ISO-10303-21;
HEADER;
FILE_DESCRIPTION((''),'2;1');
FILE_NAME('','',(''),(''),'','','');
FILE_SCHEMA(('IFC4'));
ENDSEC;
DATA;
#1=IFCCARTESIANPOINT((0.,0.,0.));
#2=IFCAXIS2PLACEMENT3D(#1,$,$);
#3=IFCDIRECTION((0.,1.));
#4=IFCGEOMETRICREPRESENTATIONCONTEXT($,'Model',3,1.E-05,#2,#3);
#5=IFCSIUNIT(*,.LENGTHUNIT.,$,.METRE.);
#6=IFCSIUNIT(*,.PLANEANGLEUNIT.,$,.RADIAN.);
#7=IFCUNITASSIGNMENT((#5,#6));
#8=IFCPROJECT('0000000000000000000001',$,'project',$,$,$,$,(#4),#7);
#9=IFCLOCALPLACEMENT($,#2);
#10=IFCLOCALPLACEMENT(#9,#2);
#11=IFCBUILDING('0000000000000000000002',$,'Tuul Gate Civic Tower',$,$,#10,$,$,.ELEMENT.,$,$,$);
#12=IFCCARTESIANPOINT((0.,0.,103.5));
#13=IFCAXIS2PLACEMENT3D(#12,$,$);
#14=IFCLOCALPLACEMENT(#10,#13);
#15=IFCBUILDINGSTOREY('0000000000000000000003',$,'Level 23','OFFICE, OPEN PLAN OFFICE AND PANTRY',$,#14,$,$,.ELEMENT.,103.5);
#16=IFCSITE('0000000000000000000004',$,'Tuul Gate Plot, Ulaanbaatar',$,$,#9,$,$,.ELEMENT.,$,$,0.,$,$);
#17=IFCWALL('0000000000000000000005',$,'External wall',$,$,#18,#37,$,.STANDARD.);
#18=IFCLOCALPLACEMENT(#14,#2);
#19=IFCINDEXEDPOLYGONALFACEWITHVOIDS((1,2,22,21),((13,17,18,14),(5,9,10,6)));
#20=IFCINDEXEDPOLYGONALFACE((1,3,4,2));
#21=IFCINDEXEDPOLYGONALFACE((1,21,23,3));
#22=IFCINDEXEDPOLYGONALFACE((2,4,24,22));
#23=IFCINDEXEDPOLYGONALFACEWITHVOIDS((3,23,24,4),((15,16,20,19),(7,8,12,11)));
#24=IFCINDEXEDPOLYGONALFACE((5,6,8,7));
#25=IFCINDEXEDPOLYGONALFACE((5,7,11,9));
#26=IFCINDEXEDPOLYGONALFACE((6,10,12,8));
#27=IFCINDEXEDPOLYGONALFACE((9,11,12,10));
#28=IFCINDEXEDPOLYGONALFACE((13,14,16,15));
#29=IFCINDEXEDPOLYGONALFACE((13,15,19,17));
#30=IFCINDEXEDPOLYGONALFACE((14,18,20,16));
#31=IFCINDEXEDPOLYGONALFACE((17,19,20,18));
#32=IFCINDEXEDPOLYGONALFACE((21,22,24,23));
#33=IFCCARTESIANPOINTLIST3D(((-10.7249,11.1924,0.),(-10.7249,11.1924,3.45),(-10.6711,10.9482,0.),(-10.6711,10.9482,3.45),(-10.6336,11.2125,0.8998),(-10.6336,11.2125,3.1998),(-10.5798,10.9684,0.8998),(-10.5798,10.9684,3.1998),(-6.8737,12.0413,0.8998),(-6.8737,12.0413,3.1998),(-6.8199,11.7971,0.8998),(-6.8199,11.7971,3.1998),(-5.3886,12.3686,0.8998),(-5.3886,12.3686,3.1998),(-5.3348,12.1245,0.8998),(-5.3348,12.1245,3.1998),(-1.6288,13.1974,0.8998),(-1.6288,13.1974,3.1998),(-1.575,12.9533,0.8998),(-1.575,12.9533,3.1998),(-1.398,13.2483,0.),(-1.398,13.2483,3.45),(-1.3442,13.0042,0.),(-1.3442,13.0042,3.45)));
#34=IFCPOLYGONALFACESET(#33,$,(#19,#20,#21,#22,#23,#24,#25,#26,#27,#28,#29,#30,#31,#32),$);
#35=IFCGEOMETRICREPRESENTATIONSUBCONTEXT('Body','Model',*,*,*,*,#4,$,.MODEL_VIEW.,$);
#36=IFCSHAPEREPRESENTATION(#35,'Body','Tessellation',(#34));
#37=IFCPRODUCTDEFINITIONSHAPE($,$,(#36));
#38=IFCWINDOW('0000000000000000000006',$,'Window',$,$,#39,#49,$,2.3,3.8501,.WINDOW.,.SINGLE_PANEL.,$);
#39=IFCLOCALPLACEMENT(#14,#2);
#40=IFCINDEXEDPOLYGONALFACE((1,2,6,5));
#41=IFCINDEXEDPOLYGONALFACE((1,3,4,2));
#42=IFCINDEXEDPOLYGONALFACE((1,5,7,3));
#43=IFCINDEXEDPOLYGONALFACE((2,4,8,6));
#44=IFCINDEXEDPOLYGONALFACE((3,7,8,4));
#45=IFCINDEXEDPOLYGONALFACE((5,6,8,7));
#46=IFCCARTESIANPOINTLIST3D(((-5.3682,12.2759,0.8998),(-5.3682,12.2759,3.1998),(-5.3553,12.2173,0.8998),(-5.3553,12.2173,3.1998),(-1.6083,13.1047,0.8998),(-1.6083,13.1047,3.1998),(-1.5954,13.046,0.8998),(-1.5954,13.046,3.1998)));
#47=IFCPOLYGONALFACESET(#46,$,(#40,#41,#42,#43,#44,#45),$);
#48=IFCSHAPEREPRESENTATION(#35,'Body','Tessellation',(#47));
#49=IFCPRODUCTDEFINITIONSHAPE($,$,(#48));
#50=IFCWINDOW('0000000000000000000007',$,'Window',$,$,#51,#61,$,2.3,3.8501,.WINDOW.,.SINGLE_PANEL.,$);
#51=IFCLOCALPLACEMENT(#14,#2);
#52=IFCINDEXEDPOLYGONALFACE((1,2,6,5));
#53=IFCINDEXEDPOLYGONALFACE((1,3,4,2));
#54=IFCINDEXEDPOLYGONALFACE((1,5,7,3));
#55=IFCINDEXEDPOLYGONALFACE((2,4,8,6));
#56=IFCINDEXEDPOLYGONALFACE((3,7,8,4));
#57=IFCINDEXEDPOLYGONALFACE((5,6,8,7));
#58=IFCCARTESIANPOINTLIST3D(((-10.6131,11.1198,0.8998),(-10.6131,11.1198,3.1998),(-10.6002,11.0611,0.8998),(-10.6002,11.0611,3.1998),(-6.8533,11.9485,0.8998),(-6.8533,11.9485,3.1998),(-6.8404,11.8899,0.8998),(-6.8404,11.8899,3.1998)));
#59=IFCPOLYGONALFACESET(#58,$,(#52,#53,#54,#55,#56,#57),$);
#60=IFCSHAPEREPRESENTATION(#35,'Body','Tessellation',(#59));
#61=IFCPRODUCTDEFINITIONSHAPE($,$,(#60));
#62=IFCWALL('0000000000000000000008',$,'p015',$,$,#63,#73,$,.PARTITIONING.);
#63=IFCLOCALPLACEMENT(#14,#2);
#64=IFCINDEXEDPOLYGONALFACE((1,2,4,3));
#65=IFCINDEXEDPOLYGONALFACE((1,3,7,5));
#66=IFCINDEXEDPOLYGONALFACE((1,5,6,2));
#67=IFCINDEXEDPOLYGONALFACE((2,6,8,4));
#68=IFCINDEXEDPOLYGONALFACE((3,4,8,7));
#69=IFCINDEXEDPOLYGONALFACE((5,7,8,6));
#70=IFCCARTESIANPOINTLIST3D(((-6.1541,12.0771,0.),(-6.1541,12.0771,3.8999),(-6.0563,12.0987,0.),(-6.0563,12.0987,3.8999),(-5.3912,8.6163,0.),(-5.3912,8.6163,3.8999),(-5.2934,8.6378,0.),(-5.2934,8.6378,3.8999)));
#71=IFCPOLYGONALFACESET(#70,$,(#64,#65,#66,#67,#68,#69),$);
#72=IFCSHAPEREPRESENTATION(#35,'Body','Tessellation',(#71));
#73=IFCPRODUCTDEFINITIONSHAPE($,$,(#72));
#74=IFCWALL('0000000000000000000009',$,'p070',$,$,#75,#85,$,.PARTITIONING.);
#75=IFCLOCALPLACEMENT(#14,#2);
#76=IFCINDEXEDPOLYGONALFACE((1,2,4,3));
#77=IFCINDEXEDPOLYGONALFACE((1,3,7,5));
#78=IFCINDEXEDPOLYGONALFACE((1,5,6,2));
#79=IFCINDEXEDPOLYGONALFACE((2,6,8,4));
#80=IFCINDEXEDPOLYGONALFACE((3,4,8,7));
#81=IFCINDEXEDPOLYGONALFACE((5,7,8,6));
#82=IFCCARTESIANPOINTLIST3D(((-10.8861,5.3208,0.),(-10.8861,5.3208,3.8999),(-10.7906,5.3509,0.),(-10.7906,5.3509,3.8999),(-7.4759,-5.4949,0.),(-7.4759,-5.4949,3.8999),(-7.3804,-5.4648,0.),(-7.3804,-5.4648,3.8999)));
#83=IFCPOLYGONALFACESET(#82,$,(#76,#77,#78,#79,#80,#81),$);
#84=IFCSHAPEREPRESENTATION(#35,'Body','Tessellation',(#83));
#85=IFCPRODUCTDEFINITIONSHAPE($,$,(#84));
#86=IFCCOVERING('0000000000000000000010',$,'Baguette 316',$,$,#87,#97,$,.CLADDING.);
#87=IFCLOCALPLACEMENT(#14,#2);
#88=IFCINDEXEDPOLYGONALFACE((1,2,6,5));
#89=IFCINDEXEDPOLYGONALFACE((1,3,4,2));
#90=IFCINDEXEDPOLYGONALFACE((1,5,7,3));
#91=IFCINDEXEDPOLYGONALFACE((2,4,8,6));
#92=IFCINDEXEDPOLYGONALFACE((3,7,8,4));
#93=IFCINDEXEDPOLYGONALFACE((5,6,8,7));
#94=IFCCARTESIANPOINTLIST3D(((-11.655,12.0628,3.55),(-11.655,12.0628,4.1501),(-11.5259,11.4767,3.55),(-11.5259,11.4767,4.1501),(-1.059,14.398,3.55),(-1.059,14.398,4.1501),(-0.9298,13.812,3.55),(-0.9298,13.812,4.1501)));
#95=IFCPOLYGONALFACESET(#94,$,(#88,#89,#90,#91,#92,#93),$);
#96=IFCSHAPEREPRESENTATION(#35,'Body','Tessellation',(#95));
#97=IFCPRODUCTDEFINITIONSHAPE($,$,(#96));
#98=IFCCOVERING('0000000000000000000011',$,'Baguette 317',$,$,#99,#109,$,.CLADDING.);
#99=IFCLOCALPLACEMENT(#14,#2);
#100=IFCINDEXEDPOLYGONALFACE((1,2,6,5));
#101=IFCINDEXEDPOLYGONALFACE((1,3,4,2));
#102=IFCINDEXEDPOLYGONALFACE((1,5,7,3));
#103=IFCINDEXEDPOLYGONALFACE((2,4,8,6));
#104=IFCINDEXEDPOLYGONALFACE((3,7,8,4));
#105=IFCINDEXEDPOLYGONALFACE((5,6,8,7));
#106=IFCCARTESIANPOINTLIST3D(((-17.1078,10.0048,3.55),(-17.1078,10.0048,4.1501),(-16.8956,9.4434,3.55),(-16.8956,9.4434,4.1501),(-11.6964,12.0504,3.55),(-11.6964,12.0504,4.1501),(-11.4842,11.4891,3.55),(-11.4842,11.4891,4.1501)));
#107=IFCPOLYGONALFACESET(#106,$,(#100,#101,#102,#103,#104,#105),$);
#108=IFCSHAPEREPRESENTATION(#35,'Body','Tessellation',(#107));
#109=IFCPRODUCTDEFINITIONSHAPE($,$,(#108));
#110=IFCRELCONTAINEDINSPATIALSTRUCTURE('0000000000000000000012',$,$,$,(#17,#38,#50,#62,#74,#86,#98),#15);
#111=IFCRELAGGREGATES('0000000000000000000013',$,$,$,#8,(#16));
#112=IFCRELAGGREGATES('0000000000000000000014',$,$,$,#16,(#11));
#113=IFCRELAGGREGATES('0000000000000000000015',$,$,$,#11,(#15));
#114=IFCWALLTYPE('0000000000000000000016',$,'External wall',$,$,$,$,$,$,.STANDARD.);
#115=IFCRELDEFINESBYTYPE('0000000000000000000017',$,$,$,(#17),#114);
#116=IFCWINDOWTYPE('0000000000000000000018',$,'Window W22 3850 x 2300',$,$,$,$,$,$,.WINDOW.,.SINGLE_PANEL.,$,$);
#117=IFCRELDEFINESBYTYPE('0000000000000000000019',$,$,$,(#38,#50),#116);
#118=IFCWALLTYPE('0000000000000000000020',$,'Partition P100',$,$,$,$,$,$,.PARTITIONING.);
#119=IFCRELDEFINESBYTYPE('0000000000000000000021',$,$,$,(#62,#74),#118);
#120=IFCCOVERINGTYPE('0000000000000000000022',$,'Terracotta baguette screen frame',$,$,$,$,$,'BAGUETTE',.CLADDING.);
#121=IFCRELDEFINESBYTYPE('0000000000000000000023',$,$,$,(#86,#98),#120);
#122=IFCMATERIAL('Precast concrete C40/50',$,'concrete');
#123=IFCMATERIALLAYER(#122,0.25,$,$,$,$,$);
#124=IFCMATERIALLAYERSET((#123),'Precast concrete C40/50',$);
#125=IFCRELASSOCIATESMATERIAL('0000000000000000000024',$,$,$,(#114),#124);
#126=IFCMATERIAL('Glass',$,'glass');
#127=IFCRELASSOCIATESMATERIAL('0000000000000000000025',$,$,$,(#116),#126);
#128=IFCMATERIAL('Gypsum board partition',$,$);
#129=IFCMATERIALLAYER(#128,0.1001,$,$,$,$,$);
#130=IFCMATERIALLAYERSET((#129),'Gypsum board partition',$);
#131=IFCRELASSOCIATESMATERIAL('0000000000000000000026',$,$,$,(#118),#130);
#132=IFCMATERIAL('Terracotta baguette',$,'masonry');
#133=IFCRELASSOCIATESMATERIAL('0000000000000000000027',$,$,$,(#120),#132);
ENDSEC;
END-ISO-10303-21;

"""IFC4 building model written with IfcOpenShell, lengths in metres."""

from ifc_helpers import new_model, si_unit, direction, frame, frame_2d, origin, origin_2d, place, context, subcontext, project, spatial, rectangle, extrude, material, layer, layer_set, material_profile, profile_set, type_object, element, fill, save


model = new_model("IFC4")

# Units and contexts
model_context = context("Model", 3, precision=1e-05, world=origin(), true_north=direction((0.0, 1.0)))
body_context = subcontext(model_context, "Body", "Model", "MODEL_VIEW")
ifc_project = project(units=[si_unit("LENGTHUNIT", "METRE"), si_unit("PLANEANGLEUNIT", "RADIAN")], contexts=[model_context])

# Site, building, storey
site_placement = place(None, origin())
site = spatial("IfcSite", under=ifc_project, at=site_placement, Name="Tuul Gate Plot, Ulaanbaatar", CompositionType="ELEMENT", RefElevation=0.0)
building_placement = place(site_placement, origin())
building = spatial("IfcBuilding", under=site, at=building_placement, Name="Tuul Gate Civic Tower", CompositionType="ELEMENT")
storey_placement = place(building_placement, frame((0.0, 0.0, 103.5)))
storey = spatial("IfcBuildingStorey", under=building, at=storey_placement, Name="Level 23", Description="OFFICE, OPEN PLAN OFFICE AND PANTRY", CompositionType="ELEMENT", Elevation=103.5)

# Wall, openings, windows
ifc_material_1 = material(Name="Precast concrete C40/50", Category="concrete")
ifc_layer_1 = layer(ifc_material_1, 0.25)
ifc_layer_set_1 = layer_set([ifc_layer_1], Name="Precast concrete C40/50")
wall_type_1 = type_object("IfcWallType", Name="External wall", PredefinedType="STANDARD", material=ifc_layer_set_1)
wall_1_placement = place(storey_placement, frame((-1.3711, 13.1262, 0.0), z_axis=(0.0, 0.0, 1.0), x_axis=(-0.976557, -0.21526, 0.0)))
wall_1 = element("IfcWall", 1, at=wall_1_placement, inside=storey, type_object=wall_type_1, Name="External wall", PredefinedType="STANDARD", context=body_context, shape_type="SweptSolid", body=[
    extrude(rectangle(XDim=9.5508, YDim=0.25, at=frame_2d((4.7754, 0.0))), origin(), (0.0, 0.0, 1.0), 3.45),
])
opening_1_placement = place(wall_1_placement, frame((0.2363, 0.0, 0.8999)))
opening_1 = element("IfcOpeningElement", 2, at=opening_1_placement, cuts=wall_1, PredefinedType="OPENING", context=body_context, shape_type="SweptSolid", body=[
    extrude(rectangle(XDim=3.8501, YDim=2.3, at=frame_2d((1.925, 1.1499))), frame((0.0, 0.135, 0.0), z_axis=(0.0, -1.0, 0.0), x_axis=(1.0, 0.0, 0.0)), (0.0, 0.0, 1.0), 0.27),
])
opening_2_placement = place(wall_1_placement, frame((5.6072, 0.0, 0.8999)))
opening_2 = element("IfcOpeningElement", 3, at=opening_2_placement, cuts=wall_1, PredefinedType="OPENING", context=body_context, shape_type="SweptSolid", body=[
    extrude(rectangle(XDim=3.8501, YDim=2.3, at=frame_2d((1.925, 1.1499))), frame((0.0, 0.135, 0.0), z_axis=(0.0, -1.0, 0.0), x_axis=(1.0, 0.0, 0.0)), (0.0, 0.0, 1.0), 0.27),
])
ifc_material_2 = material(Name="Glass", Category="glass")
window_type = type_object("IfcWindowType", Name="Window W22 3850 x 2300", PartitioningType="SINGLE_PANEL", PredefinedType="WINDOW", material=ifc_material_2)
window_1_placement = place(opening_1_placement, origin())
window_1 = element("IfcWindow", 4, at=window_1_placement, inside=storey, type_object=window_type, Name="Window", OverallHeight=2.3, OverallWidth=3.8501, PartitioningType="SINGLE_PANEL", PredefinedType="WINDOW", context=body_context, shape_type="SweptSolid", body=[
    extrude(rectangle(XDim=3.8501, YDim=2.3, at=frame_2d((1.925, 1.1499))), frame((0.0, 0.03, 0.0), z_axis=(0.0, -1.0, 0.0), x_axis=(1.0, 0.0, 0.0)), (0.0, 0.0, 1.0), 0.0601),
])
fill(opening_1, window_1)
window_2_placement = place(opening_2_placement, origin())
window_2 = element("IfcWindow", 5, at=window_2_placement, inside=storey, type_object=window_type, Name="Window", OverallHeight=2.3, OverallWidth=3.8501, PartitioningType="SINGLE_PANEL", PredefinedType="WINDOW", context=body_context, shape_type="SweptSolid", body=[
    extrude(rectangle(XDim=3.8501, YDim=2.3, at=frame_2d((1.925, 1.1499))), frame((0.0, 0.03, 0.0), z_axis=(0.0, -1.0, 0.0), x_axis=(1.0, 0.0, 0.0)), (0.0, 0.0, 1.0), 0.0601),
])
fill(opening_2, window_2)

# Walls
ifc_material_3 = material(Name="Gypsum board partition")
ifc_layer_2 = layer(ifc_material_3, 0.1001)
ifc_layer_set_2 = layer_set([ifc_layer_2], Name="Gypsum board partition")
wall_type_2 = type_object("IfcWallType", Name="Partition P100", PredefinedType="PARTITIONING", material=ifc_layer_set_2)
wall_2_placement = place(storey_placement, frame((-6.1052, 12.0879, 0.0), z_axis=(0.0, 0.0, 1.0), x_axis=(0.215274, -0.976554, 0.0)))
element("IfcWall", 6, at=wall_2_placement, inside=storey, type_object=wall_type_2, Name="p015", PredefinedType="PARTITIONING", context=body_context, shape_type="SweptSolid", body=[
    extrude(rectangle(XDim=3.5439, YDim=0.1001, at=frame_2d((1.772, 0.0))), origin(), (0.0, 0.0, 1.0), 3.8999),
])
wall_3_placement = place(storey_placement, frame((-10.8384, 5.3359, 0.0), z_axis=(0.0, 0.0, 1.0), x_axis=(0.300705, -0.953717, 0.0)))
element("IfcWall", 7, at=wall_3_placement, inside=storey, type_object=wall_type_2, Name="p070", PredefinedType="PARTITIONING", context=body_context, shape_type="SweptSolid", body=[
    extrude(rectangle(XDim=11.3406, YDim=0.1001, at=frame_2d((5.6704, 0.0))), origin(), (0.0, 0.0, 1.0), 3.8999),
])

# Coverings
ifc_material_4 = material(Name="Terracotta baguette", Category="masonry")
ifc_material_profile_1 = material_profile(ifc_material_4, rectangle(XDim=0.6001, YDim=0.6001, at=origin_2d()), Name="Terracotta baguette screen frame")
ifc_profile_set_1 = profile_set([ifc_material_profile_1], Name="Terracotta baguette")
covering_type = type_object("IfcCoveringType", Name="Terracotta baguette screen frame", ElementType="BAGUETTE", PredefinedType="CLADDING", material=ifc_profile_set_1)
covering_1_placement = place(storey_placement, frame((-0.9944, 14.105, 3.8501), z_axis=(-0.976565, -0.215222, 0.0), x_axis=(0.215222, -0.976565, 0.0)))
element("IfcCovering", 8, at=covering_1_placement, inside=storey, type_object=covering_type, Name="Baguette 316", PredefinedType="CLADDING", context=body_context, shape_type="SweptSolid", body=[
    extrude(rectangle(XDim=0.6001, YDim=0.6001, at=origin_2d()), origin(), (0.0, 0.0, 1.0), 10.8503),
])
covering_2_placement = place(storey_placement, frame((-11.5903, 11.7698, 3.8501), z_axis=(-0.935395, -0.353606, 0.0), x_axis=(0.353606, -0.935395, 0.0)))
element("IfcCovering", 9, at=covering_2_placement, inside=storey, type_object=covering_type, Name="Baguette 317", PredefinedType="CLADDING", context=body_context, shape_type="SweptSolid", body=[
    extrude(rectangle(XDim=0.6001, YDim=0.6001, at=origin_2d()), origin(), (0.0, 0.0, 1.0), 5.7852),
])

save(model, "model.ifc")
